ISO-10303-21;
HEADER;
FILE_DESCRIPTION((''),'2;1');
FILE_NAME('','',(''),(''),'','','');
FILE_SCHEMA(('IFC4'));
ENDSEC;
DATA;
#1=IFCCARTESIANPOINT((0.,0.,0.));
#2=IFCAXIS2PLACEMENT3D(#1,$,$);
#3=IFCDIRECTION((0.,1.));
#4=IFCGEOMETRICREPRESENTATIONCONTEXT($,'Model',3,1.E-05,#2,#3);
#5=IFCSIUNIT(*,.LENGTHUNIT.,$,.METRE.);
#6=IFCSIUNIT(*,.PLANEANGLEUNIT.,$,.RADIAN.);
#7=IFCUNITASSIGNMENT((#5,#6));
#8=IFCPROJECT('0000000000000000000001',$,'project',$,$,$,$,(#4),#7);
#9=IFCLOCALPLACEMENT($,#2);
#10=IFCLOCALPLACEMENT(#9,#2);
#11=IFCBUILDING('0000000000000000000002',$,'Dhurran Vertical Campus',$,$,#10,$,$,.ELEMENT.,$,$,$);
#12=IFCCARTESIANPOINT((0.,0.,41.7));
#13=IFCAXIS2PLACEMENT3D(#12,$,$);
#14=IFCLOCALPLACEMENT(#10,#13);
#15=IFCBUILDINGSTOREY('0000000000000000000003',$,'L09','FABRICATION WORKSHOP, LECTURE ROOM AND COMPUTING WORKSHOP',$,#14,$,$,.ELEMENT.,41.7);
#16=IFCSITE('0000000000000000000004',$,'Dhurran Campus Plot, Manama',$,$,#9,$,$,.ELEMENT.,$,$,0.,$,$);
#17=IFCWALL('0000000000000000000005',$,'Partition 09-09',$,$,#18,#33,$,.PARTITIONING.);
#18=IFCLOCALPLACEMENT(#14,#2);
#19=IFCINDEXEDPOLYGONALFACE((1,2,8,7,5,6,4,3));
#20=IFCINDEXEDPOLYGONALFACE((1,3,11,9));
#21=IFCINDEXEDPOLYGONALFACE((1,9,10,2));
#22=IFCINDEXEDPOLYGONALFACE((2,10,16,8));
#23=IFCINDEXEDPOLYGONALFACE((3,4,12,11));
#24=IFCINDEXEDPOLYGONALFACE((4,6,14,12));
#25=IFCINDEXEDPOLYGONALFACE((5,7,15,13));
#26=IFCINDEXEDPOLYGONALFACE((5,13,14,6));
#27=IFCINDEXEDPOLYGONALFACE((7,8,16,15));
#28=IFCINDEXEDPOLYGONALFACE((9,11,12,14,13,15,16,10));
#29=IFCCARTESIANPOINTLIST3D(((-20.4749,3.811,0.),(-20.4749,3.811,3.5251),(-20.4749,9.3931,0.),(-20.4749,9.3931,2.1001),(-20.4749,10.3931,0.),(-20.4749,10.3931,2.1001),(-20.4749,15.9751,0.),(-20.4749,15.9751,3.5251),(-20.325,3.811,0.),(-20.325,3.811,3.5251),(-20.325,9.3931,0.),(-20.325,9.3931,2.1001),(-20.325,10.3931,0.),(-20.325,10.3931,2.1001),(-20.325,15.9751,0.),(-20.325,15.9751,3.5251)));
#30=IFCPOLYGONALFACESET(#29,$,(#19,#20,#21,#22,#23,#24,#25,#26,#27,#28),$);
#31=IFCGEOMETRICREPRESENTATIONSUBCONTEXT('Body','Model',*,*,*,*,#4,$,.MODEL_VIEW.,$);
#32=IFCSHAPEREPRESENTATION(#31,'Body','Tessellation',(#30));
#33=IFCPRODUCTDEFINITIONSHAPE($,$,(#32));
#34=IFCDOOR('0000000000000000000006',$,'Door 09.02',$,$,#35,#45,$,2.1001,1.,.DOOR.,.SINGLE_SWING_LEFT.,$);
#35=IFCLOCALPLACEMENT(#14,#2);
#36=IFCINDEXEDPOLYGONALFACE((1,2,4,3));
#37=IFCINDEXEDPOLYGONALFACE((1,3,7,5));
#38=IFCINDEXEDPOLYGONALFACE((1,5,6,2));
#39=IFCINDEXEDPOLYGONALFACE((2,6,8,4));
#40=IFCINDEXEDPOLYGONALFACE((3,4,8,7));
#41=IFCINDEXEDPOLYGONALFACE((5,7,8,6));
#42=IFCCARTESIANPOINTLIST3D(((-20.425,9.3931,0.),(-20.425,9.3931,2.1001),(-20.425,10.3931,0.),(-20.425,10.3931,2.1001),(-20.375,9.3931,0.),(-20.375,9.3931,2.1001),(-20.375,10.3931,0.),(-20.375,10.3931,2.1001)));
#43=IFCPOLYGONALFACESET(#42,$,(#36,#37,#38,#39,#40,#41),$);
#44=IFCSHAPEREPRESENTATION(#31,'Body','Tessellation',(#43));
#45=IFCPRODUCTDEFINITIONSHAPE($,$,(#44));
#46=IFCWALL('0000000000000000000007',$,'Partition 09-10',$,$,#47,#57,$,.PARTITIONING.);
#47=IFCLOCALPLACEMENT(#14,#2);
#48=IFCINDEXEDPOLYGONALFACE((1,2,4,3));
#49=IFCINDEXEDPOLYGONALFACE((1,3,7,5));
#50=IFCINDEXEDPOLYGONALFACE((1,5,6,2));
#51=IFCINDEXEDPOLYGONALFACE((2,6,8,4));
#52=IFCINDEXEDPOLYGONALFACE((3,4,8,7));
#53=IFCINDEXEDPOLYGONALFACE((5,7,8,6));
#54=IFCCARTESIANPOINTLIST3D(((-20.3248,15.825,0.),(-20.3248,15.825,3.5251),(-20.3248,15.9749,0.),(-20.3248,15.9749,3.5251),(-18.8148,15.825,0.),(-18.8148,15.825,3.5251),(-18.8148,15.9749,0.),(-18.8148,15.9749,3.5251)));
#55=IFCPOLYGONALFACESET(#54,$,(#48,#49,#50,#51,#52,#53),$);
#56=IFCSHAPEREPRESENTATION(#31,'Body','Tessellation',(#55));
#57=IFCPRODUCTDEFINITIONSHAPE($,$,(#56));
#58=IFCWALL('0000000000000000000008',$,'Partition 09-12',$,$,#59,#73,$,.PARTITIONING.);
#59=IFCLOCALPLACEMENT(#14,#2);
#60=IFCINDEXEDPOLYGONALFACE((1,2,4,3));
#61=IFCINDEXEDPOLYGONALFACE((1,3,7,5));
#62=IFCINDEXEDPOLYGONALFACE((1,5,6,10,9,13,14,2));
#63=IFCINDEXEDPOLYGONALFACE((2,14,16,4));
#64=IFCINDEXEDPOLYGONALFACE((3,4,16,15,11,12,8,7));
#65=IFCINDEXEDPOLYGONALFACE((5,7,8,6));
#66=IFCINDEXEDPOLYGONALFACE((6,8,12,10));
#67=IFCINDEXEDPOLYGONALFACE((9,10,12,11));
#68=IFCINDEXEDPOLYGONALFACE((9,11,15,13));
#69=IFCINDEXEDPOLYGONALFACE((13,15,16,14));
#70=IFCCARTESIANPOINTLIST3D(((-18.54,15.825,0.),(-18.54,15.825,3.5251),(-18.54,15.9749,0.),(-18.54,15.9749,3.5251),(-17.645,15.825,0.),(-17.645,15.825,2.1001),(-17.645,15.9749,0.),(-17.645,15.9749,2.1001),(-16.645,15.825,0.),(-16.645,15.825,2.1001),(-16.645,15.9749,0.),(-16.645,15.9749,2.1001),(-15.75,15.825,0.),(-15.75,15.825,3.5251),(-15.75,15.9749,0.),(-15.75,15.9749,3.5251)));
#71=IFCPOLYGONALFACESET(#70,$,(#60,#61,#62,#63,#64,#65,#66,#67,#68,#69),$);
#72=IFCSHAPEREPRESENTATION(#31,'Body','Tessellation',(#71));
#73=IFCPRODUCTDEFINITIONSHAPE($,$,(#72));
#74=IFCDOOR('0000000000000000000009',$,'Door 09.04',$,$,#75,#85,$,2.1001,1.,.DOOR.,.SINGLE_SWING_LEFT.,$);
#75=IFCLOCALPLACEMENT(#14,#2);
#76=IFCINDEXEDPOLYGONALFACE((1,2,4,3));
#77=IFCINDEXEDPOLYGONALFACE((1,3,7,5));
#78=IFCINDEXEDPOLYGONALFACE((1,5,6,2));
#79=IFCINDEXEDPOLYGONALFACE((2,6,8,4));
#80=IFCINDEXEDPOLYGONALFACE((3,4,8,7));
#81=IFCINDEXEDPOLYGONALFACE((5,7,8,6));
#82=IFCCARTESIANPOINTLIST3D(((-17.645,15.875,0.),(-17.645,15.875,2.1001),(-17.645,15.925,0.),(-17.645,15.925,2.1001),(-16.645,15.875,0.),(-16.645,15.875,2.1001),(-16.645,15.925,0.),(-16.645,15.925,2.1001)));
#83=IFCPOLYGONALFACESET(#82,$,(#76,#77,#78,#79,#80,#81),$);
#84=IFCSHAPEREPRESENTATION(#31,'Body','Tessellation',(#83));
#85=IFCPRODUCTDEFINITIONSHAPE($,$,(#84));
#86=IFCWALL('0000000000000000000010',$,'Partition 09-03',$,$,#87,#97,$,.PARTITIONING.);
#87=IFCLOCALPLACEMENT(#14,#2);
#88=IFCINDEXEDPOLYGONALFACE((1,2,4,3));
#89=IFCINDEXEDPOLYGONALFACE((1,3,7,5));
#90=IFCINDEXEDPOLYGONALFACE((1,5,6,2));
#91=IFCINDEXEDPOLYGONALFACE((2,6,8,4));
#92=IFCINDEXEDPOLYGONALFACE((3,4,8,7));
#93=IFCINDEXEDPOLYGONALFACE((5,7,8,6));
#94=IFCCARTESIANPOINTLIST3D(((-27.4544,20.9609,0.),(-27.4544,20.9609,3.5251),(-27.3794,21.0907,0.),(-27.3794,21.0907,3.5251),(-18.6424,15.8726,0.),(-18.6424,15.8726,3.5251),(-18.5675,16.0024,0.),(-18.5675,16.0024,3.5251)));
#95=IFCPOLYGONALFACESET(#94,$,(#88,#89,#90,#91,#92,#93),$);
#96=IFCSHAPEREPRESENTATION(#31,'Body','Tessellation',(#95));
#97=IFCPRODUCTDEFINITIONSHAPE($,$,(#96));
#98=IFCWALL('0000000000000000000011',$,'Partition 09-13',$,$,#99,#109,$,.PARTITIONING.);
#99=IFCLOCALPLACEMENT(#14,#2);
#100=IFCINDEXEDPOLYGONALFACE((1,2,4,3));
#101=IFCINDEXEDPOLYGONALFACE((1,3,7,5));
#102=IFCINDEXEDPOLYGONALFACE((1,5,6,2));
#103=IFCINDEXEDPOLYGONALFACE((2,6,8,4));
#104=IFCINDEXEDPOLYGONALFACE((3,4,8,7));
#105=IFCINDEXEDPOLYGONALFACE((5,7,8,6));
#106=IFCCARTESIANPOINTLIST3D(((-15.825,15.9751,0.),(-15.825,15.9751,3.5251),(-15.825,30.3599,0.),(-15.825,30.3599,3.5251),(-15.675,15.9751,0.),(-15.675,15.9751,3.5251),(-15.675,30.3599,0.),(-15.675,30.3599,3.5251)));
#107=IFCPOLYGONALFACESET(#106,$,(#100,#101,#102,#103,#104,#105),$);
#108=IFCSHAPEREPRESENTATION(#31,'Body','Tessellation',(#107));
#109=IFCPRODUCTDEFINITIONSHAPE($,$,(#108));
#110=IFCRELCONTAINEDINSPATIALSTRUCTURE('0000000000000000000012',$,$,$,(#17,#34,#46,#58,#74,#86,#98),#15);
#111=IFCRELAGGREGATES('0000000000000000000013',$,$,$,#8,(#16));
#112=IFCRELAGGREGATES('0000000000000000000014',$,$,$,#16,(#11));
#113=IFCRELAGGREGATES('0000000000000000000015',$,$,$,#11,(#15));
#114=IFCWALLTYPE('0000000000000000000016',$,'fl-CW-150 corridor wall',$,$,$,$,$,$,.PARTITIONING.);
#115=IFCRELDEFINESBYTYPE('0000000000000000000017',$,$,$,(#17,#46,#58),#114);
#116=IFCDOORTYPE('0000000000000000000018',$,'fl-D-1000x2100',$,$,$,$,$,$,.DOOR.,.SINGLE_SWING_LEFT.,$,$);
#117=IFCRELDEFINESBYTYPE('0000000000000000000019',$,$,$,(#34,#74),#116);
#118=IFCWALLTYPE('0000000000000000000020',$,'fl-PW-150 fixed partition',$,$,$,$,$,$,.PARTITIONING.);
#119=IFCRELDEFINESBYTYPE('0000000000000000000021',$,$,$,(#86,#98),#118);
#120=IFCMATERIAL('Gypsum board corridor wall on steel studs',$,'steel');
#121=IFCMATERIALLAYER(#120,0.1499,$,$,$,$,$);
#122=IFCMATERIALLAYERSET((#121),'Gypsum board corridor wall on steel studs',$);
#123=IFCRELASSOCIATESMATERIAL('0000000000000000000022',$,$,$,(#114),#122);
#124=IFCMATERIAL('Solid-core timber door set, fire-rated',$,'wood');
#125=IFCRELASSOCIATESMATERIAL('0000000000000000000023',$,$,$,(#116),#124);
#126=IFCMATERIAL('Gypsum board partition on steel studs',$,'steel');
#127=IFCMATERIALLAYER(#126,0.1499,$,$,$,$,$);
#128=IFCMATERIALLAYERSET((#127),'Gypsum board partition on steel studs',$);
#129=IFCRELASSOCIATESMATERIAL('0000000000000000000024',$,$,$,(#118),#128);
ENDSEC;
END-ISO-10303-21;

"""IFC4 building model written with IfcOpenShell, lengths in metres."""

from ifc_helpers import new_model, si_unit, direction, frame, frame_2d, origin, place, context, subcontext, project, spatial, rectangle, extrude, material, layer, layer_set, type_object, element, fill, save


model = new_model("IFC4")

# Units and contexts
model_context = context("Model", 3, precision=1e-05, world=origin(), true_north=direction((0.0, 1.0)))
body_context = subcontext(model_context, "Body", "Model", "MODEL_VIEW")
ifc_project = project(units=[si_unit("LENGTHUNIT", "METRE"), si_unit("PLANEANGLEUNIT", "RADIAN")], contexts=[model_context])

# Site, building, storey
site_placement = place(None, origin())
site = spatial("IfcSite", under=ifc_project, at=site_placement, Name="Dhurran Campus Plot, Manama", CompositionType="ELEMENT", RefElevation=0.0)
building_placement = place(site_placement, origin())
building = spatial("IfcBuilding", under=site, at=building_placement, Name="Dhurran Vertical Campus", CompositionType="ELEMENT")
storey_placement = place(building_placement, frame((0.0, 0.0, 41.7)))
storey = spatial("IfcBuildingStorey", under=building, at=storey_placement, Name="L09", Description="FABRICATION WORKSHOP, LECTURE ROOM AND COMPUTING WORKSHOP", CompositionType="ELEMENT", Elevation=41.7)

# Wall, opening, door
ifc_material_1 = material(Name="Gypsum board corridor wall on steel studs", Category="steel")
ifc_layer_1 = layer(ifc_material_1, 0.1499)
ifc_layer_set_1 = layer_set([ifc_layer_1], Name="Gypsum board corridor wall on steel studs")
wall_type_1 = type_object("IfcWallType", Name="fl-CW-150 corridor wall", PredefinedType="PARTITIONING", material=ifc_layer_set_1)
wall_1_placement = place(storey_placement, frame((-20.3999, 15.9751, 0.0), z_axis=(0.0, 0.0, 1.0), x_axis=(0.0, -1.0, 0.0)))
wall_1 = element("IfcWall", 1, at=wall_1_placement, inside=storey, type_object=wall_type_1, Name="Partition 09-09", PredefinedType="PARTITIONING", context=body_context, shape_type="SweptSolid", body=[
    extrude(rectangle(XDim=12.1641, YDim=0.1499, at=frame_2d((6.082, 0.0))), origin(), (0.0, 0.0, 1.0), 3.5251),
])
opening_1_placement = place(wall_1_placement, frame((5.582, 0.0, 0.0)))
opening_1 = element("IfcOpeningElement", 2, at=opening_1_placement, cuts=wall_1, PredefinedType="OPENING", context=body_context, shape_type="SweptSolid", body=[
    extrude(rectangle(XDim=1.0, YDim=2.1001, at=frame_2d((0.5, 1.05))), frame((0.0, 0.085, 0.0), z_axis=(0.0, -1.0, 0.0), x_axis=(1.0, 0.0, 0.0)), (0.0, 0.0, 1.0), 0.1699),
])
ifc_material_2 = material(Name="Solid-core timber door set, fire-rated", Category="wood")
door_type = type_object("IfcDoorType", Name="fl-D-1000x2100", OperationType="SINGLE_SWING_LEFT", PredefinedType="DOOR", material=ifc_material_2)
door_1_placement = place(opening_1_placement, origin())
door_1 = element("IfcDoor", 3, at=door_1_placement, inside=storey, type_object=door_type, Name="Door 09.02", OperationType="SINGLE_SWING_LEFT", OverallHeight=2.1001, OverallWidth=1.0, PredefinedType="DOOR", context=body_context, shape_type="SweptSolid", body=[
    extrude(rectangle(XDim=1.0, YDim=2.1001, at=frame_2d((0.5, 1.05))), frame((0.0, 0.0249, 0.0), z_axis=(0.0, -1.0, 0.0), x_axis=(1.0, 0.0, 0.0)), (0.0, 0.0, 1.0), 0.05),
])
fill(opening_1, door_1)

# Wall
wall_2_placement = place(storey_placement, frame((-18.8149, 15.8999, 0.0), z_axis=(0.0, 0.0, 1.0), x_axis=(-1.0, 0.0, 0.0)))
element("IfcWall", 4, at=wall_2_placement, inside=storey, type_object=wall_type_1, Name="Partition 09-10", PredefinedType="PARTITIONING", context=body_context, shape_type="SweptSolid", body=[
    extrude(rectangle(XDim=1.51, YDim=0.1499, at=frame_2d((0.7549, 0.0))), origin(), (0.0, 0.0, 1.0), 3.5251),
])

# Wall, opening, door
wall_3_placement = place(storey_placement, frame((-15.75, 15.8999, 0.0), z_axis=(0.0, 0.0, 1.0), x_axis=(-1.0, 0.0, 0.0)))
wall_3 = element("IfcWall", 5, at=wall_3_placement, inside=storey, type_object=wall_type_1, Name="Partition 09-12", PredefinedType="PARTITIONING", context=body_context, shape_type="SweptSolid", body=[
    extrude(rectangle(XDim=2.79, YDim=0.1499, at=frame_2d((1.395, 0.0))), origin(), (0.0, 0.0, 1.0), 3.5251),
])
opening_2_placement = place(wall_3_placement, frame((0.895, 0.0, 0.0)))
opening_2 = element("IfcOpeningElement", 6, at=opening_2_placement, cuts=wall_3, PredefinedType="OPENING", context=body_context, shape_type="SweptSolid", body=[
    extrude(rectangle(XDim=1.0, YDim=2.1001, at=frame_2d((0.5, 1.05))), frame((0.0, 0.085, 0.0), z_axis=(0.0, -1.0, 0.0), x_axis=(1.0, 0.0, 0.0)), (0.0, 0.0, 1.0), 0.1699),
])
door_2_placement = place(opening_2_placement, origin())
door_2 = element("IfcDoor", 7, at=door_2_placement, inside=storey, type_object=door_type, Name="Door 09.04", OperationType="SINGLE_SWING_LEFT", OverallHeight=2.1001, OverallWidth=1.0, PredefinedType="DOOR", context=body_context, shape_type="SweptSolid", body=[
    extrude(rectangle(XDim=1.0, YDim=2.1001, at=frame_2d((0.5, 1.05))), frame((0.0, 0.0249, 0.0), z_axis=(0.0, -1.0, 0.0), x_axis=(1.0, 0.0, 0.0)), (0.0, 0.0, 1.0), 0.05),
])
fill(opening_2, door_2)

# Walls
ifc_material_3 = material(Name="Gypsum board partition on steel studs", Category="steel")
ifc_layer_2 = layer(ifc_material_3, 0.1499)
ifc_layer_set_2 = layer_set([ifc_layer_2], Name="Gypsum board partition on steel studs")
wall_type_2 = type_object("IfcWallType", Name="fl-PW-150 fixed partition", PredefinedType="PARTITIONING", material=ifc_layer_set_2)
wall_4_placement = place(storey_placement, frame((-27.417, 21.0259, 0.0), z_axis=(0.0, 0.0, 1.0), x_axis=(0.865993, -0.500056, 0.0)))
element("IfcWall", 8, at=wall_4_placement, inside=storey, type_object=wall_type_2, Name="Partition 09-03", PredefinedType="PARTITIONING", context=body_context, shape_type="SweptSolid", body=[
    extrude(rectangle(XDim=10.1755, YDim=0.1499, at=frame_2d((5.0879, 0.0))), origin(), (0.0, 0.0, 1.0), 3.5251),
])
wall_5_placement = place(storey_placement, frame((-15.75, 30.3599, 0.0), z_axis=(0.0, 0.0, 1.0), x_axis=(0.0, -1.0, 0.0)))
element("IfcWall", 9, at=wall_5_placement, inside=storey, type_object=wall_type_2, Name="Partition 09-13", PredefinedType="PARTITIONING", context=body_context, shape_type="SweptSolid", body=[
    extrude(rectangle(XDim=14.3848, YDim=0.1499, at=frame_2d((7.1924, 0.0))), origin(), (0.0, 0.0, 1.0), 3.5251),
])

save(model, "model.ifc")
